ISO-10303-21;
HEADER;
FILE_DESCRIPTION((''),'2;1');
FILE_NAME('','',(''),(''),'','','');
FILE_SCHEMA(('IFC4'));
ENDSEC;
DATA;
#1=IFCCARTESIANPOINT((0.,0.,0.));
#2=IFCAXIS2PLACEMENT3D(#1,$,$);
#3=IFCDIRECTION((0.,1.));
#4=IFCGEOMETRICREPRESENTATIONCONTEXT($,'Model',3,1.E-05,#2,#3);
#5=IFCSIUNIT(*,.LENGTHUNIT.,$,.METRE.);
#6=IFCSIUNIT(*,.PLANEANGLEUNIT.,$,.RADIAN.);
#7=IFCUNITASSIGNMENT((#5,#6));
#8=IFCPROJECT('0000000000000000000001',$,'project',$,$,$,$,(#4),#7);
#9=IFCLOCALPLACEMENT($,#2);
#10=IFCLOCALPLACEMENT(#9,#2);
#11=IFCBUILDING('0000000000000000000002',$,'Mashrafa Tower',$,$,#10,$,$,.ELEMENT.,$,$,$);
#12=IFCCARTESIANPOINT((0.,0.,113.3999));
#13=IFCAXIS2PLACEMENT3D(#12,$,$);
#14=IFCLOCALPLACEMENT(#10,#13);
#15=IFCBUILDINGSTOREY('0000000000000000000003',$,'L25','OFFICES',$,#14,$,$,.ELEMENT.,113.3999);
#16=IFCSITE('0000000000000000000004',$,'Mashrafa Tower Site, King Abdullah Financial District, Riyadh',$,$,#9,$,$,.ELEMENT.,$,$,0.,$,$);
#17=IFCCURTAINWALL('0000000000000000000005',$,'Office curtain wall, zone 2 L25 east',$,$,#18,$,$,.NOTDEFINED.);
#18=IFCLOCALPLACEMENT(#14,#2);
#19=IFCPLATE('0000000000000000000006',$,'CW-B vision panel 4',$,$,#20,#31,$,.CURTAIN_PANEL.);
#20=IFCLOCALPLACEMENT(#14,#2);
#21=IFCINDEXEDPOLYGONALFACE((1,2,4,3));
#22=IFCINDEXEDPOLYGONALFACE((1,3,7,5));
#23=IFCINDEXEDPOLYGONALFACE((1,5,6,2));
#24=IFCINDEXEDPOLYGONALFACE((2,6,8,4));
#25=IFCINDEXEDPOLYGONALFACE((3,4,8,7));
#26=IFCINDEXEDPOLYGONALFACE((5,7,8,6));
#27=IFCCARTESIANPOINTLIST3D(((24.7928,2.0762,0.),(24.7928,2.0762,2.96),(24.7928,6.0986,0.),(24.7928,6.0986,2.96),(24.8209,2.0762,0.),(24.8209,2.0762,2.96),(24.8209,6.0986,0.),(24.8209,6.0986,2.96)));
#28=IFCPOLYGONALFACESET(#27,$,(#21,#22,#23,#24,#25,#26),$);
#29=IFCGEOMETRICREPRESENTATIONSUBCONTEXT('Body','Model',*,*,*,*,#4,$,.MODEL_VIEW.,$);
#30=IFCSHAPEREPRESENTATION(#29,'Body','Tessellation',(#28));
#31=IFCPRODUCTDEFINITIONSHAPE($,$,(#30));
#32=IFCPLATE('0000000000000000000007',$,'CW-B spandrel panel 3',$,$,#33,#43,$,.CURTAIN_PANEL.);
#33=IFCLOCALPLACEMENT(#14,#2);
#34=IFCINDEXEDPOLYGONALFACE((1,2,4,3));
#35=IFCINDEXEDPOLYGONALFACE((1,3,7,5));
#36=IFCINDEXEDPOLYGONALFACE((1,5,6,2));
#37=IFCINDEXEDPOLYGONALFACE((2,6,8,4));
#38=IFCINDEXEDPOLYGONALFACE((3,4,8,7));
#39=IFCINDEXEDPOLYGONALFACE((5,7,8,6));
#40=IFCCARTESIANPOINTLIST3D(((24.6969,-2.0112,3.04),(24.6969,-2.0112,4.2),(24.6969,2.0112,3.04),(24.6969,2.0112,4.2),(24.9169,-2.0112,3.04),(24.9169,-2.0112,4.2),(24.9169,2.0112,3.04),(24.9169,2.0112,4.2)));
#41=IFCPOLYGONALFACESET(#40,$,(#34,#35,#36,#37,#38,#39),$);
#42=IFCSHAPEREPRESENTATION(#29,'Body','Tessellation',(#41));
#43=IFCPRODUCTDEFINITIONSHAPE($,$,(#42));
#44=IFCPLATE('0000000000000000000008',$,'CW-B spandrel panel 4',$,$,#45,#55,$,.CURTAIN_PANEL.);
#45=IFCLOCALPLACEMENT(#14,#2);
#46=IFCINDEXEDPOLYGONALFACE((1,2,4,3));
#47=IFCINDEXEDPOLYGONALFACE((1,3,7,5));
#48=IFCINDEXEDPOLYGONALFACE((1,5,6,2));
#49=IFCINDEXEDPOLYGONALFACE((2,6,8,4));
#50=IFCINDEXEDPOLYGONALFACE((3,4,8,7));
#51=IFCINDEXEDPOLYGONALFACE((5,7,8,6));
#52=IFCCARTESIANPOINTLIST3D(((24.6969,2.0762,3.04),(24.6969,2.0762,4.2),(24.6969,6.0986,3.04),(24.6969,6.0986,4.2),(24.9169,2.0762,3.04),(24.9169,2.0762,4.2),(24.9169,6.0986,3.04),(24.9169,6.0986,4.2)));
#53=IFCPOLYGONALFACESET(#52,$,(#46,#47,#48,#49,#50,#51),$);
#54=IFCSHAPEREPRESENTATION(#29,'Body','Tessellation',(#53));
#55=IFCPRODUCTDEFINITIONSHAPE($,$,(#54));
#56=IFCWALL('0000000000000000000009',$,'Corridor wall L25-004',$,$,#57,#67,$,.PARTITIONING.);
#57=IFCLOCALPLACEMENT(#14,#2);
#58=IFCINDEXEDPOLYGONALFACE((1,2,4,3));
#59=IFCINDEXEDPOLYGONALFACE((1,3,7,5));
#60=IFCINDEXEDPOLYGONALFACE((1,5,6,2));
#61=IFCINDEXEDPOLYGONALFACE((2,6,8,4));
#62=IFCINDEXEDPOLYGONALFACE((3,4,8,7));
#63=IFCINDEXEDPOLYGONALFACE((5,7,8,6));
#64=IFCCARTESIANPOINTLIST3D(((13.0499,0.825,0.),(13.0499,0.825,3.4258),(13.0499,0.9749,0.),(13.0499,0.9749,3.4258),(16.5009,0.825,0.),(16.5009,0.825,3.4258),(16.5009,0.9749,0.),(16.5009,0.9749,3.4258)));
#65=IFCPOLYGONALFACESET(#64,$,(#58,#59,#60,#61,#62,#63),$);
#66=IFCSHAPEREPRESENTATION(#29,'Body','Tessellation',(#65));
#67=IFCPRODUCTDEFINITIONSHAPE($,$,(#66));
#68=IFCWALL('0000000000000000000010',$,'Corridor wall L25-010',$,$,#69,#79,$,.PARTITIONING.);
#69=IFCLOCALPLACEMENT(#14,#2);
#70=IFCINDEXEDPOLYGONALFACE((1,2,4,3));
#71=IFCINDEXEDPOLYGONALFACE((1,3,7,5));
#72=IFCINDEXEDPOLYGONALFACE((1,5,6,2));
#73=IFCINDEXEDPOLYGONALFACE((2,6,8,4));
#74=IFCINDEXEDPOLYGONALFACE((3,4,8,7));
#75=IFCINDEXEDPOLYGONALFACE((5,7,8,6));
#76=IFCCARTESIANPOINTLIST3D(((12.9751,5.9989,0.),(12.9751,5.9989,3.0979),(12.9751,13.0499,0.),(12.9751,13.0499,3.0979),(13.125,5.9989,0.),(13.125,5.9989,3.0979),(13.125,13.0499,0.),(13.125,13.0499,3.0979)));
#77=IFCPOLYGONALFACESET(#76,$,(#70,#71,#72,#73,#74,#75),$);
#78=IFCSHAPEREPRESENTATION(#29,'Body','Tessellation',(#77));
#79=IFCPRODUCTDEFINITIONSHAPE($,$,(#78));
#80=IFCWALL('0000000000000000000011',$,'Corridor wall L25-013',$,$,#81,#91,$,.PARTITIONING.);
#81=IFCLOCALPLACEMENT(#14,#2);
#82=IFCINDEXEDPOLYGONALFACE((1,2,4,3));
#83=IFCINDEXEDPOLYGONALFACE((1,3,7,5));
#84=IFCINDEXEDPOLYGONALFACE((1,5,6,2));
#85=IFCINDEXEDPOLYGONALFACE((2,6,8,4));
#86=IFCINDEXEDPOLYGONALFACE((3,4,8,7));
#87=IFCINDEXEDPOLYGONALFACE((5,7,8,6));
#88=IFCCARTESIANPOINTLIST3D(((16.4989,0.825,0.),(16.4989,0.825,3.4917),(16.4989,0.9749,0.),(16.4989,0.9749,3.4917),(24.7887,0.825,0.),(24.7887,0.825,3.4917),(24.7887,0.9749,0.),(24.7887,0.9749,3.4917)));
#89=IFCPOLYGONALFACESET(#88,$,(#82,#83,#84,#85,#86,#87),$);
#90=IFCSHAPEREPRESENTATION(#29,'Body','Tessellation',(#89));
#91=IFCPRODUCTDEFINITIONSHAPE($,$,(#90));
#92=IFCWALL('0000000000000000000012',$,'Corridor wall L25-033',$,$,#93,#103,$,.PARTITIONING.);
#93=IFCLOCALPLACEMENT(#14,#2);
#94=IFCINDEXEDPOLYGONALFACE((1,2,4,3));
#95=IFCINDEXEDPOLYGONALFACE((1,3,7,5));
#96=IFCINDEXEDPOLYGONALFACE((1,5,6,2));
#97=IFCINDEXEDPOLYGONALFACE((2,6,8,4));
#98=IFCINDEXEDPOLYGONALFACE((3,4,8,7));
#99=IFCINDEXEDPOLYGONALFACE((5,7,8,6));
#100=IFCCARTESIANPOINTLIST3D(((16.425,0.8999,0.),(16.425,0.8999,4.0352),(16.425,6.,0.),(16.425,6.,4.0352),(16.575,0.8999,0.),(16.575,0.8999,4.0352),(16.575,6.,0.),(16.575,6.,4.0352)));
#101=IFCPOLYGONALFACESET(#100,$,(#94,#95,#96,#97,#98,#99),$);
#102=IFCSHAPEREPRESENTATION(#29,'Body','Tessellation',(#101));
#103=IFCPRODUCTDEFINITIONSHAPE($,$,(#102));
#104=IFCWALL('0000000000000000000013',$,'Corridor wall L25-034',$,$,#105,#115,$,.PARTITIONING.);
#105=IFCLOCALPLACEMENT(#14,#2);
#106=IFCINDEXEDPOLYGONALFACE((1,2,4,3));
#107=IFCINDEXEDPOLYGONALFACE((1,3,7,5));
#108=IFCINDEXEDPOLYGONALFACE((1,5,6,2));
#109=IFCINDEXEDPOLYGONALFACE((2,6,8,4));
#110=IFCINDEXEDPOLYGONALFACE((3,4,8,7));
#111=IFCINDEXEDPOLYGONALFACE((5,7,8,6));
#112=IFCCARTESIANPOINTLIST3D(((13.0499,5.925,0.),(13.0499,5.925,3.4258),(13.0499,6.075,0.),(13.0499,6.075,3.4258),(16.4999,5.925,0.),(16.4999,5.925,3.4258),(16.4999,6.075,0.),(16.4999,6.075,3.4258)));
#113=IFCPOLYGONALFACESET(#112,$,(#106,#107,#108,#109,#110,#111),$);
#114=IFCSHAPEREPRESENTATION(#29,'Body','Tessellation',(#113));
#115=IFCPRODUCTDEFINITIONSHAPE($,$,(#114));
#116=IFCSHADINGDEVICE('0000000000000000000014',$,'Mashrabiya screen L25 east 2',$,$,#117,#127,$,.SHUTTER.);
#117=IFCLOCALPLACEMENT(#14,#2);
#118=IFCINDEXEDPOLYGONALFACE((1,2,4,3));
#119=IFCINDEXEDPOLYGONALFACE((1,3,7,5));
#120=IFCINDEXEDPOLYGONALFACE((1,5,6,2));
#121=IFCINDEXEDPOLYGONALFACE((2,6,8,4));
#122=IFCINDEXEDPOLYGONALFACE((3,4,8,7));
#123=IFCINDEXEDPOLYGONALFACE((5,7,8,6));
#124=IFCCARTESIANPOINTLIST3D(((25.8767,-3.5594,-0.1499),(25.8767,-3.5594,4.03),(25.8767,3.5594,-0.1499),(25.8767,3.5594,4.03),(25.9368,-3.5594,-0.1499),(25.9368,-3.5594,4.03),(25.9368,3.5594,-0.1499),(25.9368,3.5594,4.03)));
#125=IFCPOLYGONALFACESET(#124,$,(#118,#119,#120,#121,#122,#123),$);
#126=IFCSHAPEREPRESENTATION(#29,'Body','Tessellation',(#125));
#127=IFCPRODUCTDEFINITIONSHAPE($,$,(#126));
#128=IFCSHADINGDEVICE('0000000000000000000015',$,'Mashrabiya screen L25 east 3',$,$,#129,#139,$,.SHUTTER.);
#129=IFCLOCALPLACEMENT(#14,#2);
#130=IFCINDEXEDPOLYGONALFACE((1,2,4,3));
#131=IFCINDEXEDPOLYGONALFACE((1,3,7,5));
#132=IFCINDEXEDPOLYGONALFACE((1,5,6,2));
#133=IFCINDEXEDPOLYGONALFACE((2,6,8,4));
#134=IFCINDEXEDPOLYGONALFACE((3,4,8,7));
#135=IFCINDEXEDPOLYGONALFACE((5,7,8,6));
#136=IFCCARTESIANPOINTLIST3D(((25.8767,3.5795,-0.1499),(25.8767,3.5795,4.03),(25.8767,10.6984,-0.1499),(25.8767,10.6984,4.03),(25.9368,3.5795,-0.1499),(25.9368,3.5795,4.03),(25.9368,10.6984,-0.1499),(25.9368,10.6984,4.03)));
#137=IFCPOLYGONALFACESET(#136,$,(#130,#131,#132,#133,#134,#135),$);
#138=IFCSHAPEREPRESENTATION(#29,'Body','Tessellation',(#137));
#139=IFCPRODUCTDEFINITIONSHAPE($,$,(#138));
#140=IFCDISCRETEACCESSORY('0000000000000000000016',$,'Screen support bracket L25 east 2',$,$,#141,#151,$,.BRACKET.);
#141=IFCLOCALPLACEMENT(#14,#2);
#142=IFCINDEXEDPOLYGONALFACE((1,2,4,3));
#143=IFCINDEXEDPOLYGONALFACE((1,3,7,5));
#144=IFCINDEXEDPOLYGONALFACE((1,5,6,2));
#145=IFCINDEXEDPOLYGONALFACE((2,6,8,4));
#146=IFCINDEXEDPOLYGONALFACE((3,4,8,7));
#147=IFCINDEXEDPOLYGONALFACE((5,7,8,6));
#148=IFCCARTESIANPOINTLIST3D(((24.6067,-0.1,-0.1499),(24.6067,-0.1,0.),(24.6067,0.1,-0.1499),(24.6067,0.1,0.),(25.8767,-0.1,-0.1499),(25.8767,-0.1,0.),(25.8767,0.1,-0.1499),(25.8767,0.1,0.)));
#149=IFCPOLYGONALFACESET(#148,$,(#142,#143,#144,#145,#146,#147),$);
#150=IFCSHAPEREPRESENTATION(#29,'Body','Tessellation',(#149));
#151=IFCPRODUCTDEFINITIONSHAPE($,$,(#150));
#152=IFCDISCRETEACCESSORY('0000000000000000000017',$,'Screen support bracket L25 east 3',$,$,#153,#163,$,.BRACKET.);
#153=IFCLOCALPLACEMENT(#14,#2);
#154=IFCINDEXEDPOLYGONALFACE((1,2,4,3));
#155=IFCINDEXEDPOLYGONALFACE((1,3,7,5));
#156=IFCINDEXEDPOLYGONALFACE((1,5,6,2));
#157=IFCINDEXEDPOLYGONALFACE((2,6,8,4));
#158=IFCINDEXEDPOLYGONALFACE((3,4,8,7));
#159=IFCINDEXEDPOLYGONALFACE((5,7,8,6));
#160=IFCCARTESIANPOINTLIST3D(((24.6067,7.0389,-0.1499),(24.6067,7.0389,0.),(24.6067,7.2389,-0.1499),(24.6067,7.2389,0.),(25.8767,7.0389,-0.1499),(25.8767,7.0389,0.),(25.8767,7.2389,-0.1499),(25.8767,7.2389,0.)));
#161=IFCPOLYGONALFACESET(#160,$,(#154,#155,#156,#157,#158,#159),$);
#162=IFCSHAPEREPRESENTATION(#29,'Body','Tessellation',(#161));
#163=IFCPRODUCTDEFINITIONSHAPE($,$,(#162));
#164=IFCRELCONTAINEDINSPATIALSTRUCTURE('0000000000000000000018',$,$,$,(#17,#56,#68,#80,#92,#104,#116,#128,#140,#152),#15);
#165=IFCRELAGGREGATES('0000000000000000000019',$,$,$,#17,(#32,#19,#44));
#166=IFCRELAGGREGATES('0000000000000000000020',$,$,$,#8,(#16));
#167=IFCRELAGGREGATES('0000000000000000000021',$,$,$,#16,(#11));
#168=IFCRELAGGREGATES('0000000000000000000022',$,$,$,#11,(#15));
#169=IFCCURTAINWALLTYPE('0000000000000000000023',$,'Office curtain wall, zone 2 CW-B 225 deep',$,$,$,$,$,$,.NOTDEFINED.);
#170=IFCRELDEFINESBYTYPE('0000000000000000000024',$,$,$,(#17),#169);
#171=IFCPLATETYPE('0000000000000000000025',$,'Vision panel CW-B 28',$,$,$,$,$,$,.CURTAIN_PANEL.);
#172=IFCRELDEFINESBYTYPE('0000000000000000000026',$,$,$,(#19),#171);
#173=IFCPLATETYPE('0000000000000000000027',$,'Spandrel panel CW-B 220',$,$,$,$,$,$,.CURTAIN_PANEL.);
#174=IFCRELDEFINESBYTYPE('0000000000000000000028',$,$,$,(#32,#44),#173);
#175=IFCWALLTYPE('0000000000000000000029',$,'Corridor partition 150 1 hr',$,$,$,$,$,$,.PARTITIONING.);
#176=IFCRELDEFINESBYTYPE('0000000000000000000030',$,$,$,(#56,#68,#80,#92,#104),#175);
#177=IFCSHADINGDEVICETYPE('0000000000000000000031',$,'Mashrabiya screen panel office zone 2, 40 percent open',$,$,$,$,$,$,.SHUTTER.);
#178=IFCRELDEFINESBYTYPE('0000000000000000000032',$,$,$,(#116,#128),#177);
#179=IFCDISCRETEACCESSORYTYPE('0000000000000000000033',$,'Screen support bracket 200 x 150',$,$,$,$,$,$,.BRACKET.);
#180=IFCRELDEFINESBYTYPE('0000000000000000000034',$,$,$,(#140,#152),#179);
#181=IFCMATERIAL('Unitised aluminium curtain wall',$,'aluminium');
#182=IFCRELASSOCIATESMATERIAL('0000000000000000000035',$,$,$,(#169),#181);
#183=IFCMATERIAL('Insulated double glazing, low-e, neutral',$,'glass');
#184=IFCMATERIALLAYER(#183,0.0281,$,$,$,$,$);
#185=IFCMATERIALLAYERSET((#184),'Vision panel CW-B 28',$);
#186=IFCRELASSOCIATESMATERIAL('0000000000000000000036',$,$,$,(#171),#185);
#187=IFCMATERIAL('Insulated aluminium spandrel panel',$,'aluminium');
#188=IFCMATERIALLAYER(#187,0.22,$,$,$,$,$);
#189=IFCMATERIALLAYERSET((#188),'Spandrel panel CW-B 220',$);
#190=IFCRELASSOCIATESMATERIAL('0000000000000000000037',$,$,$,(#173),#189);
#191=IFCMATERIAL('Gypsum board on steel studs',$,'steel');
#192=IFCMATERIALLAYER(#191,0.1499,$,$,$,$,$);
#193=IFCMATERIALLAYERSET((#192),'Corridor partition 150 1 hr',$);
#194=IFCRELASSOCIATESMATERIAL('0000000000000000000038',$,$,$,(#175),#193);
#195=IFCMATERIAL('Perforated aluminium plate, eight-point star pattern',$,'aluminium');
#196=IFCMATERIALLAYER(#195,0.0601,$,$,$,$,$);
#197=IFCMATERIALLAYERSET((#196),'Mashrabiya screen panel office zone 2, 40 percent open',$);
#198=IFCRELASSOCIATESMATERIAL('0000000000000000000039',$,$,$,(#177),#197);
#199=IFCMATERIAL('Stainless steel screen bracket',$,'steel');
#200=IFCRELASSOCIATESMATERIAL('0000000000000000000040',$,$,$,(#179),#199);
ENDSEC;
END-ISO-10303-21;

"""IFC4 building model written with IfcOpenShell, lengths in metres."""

from ifc_helpers import new_model, si_unit, direction, frame, frame_2d, origin, origin_2d, place, context, subcontext, project, spatial, rectangle, extrude, source, transform, mapped, material, layer, layer_set, type_object, type_shapes, element, aggregate, save


model = new_model("IFC4")

# Units and contexts
model_context = context("Model", 3, precision=1e-05, world=origin(), true_north=direction((0.0, 1.0)))
body_context = subcontext(model_context, "Body", "Model", "MODEL_VIEW")
ifc_project = project(units=[si_unit("LENGTHUNIT", "METRE"), si_unit("PLANEANGLEUNIT", "RADIAN")], contexts=[model_context])

# Site, building, storey
site_placement = place(None, origin())
site = spatial("IfcSite", under=ifc_project, at=site_placement, Name="Mashrafa Tower Site, King Abdullah Financial District, Riyadh", CompositionType="ELEMENT", RefElevation=0.0)
building_placement = place(site_placement, origin())
building = spatial("IfcBuilding", under=site, at=building_placement, Name="Mashrafa Tower", CompositionType="ELEMENT")
storey_placement = place(building_placement, frame((0.0, 0.0, 113.3999)))
storey = spatial("IfcBuildingStorey", under=building, at=storey_placement, Name="L25", Description="OFFICES", CompositionType="ELEMENT", Elevation=113.3999)

# Curtain wall
ifc_material_1 = material(Name="Unitised aluminium curtain wall", Category="aluminium")
curtain_wall_type = type_object("IfcCurtainWallType", Name="Office curtain wall, zone 2 CW-B 225 deep", PredefinedType="NOTDEFINED", material=ifc_material_1)
curtain_wall_1_placement = place(storey_placement, origin())
curtain_wall_1 = element("IfcCurtainWall", 1, at=curtain_wall_1_placement, inside=storey, type_object=curtain_wall_type, Name="Office curtain wall, zone 2 L25 east", PredefinedType="NOTDEFINED")

# Plates
ifc_material_2 = material(Name="Insulated double glazing, low-e, neutral", Category="glass")
ifc_layer_1 = layer(ifc_material_2, 0.0281)
ifc_layer_set_1 = layer_set([ifc_layer_1], Name="Vision panel CW-B 28")
plate_type_1 = type_object("IfcPlateType", Name="Vision panel CW-B 28", PredefinedType="CURTAIN_PANEL", material=ifc_layer_set_1)
ifc_material_3 = material(Name="Insulated aluminium spandrel panel", Category="aluminium")
ifc_layer_2 = layer(ifc_material_3, 0.22)
ifc_layer_set_2 = layer_set([ifc_layer_2], Name="Spandrel panel CW-B 220")
plate_type_2 = type_object("IfcPlateType", Name="Spandrel panel CW-B 220", PredefinedType="CURTAIN_PANEL", material=ifc_layer_set_2)
shared_shape_1 = source(origin(), body_context, "Body", "SweptSolid", [
    extrude(rectangle(XDim=4.0225, YDim=0.0281, at=origin_2d()), origin(), (0.0, 0.0, 1.0), 2.96),
])
plate_1_placement = place(storey_placement, frame((24.8069, 4.0874, 0.0), z_axis=(0.0, 0.0, 1.0), x_axis=(0.0, 1.0, 0.0)))
plate_1 = element("IfcPlate", 2, at=plate_1_placement, type_object=plate_type_1, Name="CW-B vision panel 4", PredefinedType="CURTAIN_PANEL", context=body_context, shape_type="MappedRepresentation", body=[
    mapped(shared_shape_1, transform((0.0, 0.0, 0.0))),
])
shared_shape_2 = source(origin(), body_context, "Body", "SweptSolid", [
    extrude(rectangle(XDim=4.0225, YDim=0.22, at=origin_2d()), origin(), (0.0, 0.0, 1.0), 1.1599),
])
plate_2_placement = place(storey_placement, frame((24.8069, 0.0, 3.04), z_axis=(0.0, 0.0, 1.0), x_axis=(0.0, 1.0, 0.0)))
plate_2 = element("IfcPlate", 3, at=plate_2_placement, type_object=plate_type_2, Name="CW-B spandrel panel 3", PredefinedType="CURTAIN_PANEL", context=body_context, shape_type="MappedRepresentation", body=[
    mapped(shared_shape_2, transform((0.0, 0.0, 0.0))),
])
plate_3_placement = place(storey_placement, frame((24.8069, 4.0874, 3.04), z_axis=(0.0, 0.0, 1.0), x_axis=(0.0, 1.0, 0.0)))
plate_3 = element("IfcPlate", 4, at=plate_3_placement, type_object=plate_type_2, Name="CW-B spandrel panel 4", PredefinedType="CURTAIN_PANEL", context=body_context, shape_type="MappedRepresentation", body=[
    mapped(shared_shape_2, transform((0.0, 0.0, 0.0))),
])
aggregate(curtain_wall_1, [plate_2, plate_1, plate_3])

# Wall
ifc_material_4 = material(Name="Gypsum board on steel studs", Category="steel")
ifc_layer_3 = layer(ifc_material_4, 0.1499)
ifc_layer_set_3 = layer_set([ifc_layer_3], Name="Corridor partition 150 1 hr")
wall_type = type_object("IfcWallType", Name="Corridor partition 150 1 hr", PredefinedType="PARTITIONING", material=ifc_layer_set_3)
wall_1_placement = place(storey_placement, frame((16.501, 0.8999, 0.0), z_axis=(0.0, 0.0, 1.0), x_axis=(-1.0, 0.0, 0.0)))
element("IfcWall", 5, at=wall_1_placement, inside=storey, type_object=wall_type, Name="Corridor wall L25-004", PredefinedType="PARTITIONING", context=body_context, shape_type="SweptSolid", body=[
    extrude(rectangle(XDim=3.4509, YDim=0.1499, at=frame_2d((1.7256, 0.0))), origin(), (0.0, 0.0, 1.0), 3.4258),
])

# Walls
wall_2_placement = place(storey_placement, frame((13.05, 5.999, 0.0), z_axis=(0.0, 0.0, 1.0), x_axis=(0.0, 1.0, 0.0)))
element("IfcWall", 6, at=wall_2_placement, inside=storey, type_object=wall_type, Name="Corridor wall L25-010", PredefinedType="PARTITIONING", context=body_context, shape_type="SweptSolid", body=[
    extrude(rectangle(XDim=7.051, YDim=0.1499, at=frame_2d((3.5254, 0.0))), origin(), (0.0, 0.0, 1.0), 3.0979),
])
wall_3_placement = place(storey_placement, frame((24.7888, 0.8999, 0.0), z_axis=(0.0, 0.0, 1.0), x_axis=(-1.0, 0.0, 0.0)))
element("IfcWall", 7, at=wall_3_placement, inside=storey, type_object=wall_type, Name="Corridor wall L25-013", PredefinedType="PARTITIONING", context=body_context, shape_type="SweptSolid", body=[
    extrude(rectangle(XDim=8.2898, YDim=0.1499, at=frame_2d((4.145, 0.0))), origin(), (0.0, 0.0, 1.0), 3.4917),
])
wall_4_placement = place(storey_placement, frame((16.5, 0.8999, 0.0), z_axis=(0.0, 0.0, 1.0), x_axis=(0.0, 1.0, 0.0)))
element("IfcWall", 8, at=wall_4_placement, inside=storey, type_object=wall_type, Name="Corridor wall L25-033", PredefinedType="PARTITIONING", context=body_context, shape_type="SweptSolid", body=[
    extrude(rectangle(XDim=5.1001, YDim=0.1499, at=frame_2d((2.55, 0.0))), origin(), (0.0, 0.0, 1.0), 4.0352),
])
wall_5_placement = place(storey_placement, frame((16.5, 6.0, 0.0), z_axis=(0.0, 0.0, 1.0), x_axis=(-1.0, 0.0, 0.0)))
element("IfcWall", 9, at=wall_5_placement, inside=storey, type_object=wall_type, Name="Corridor wall L25-034", PredefinedType="PARTITIONING", context=body_context, shape_type="SweptSolid", body=[
    extrude(rectangle(XDim=3.45, YDim=0.1499, at=frame_2d((1.7251, 0.0))), origin(), (0.0, 0.0, 1.0), 3.4258),
])

# Shading devices
ifc_material_5 = material(Name="Perforated aluminium plate, eight-point star pattern", Category="aluminium")
ifc_layer_4 = layer(ifc_material_5, 0.0601)
ifc_layer_set_4 = layer_set([ifc_layer_4], Name="Mashrabiya screen panel office zone 2, 40 percent open")
shading_device_type = type_object("IfcShadingDeviceType", Name="Mashrabiya screen panel office zone 2, 40 percent open", PredefinedType="SHUTTER", material=ifc_layer_set_4)
shared_shape_3 = source(origin(), body_context, "Body", "SweptSolid", [
    extrude(rectangle(XDim=7.1189, YDim=0.0601, at=origin_2d()), origin(), (0.0, 0.0, 1.0), 4.1799),
])
type_shapes(shading_device_type, [shared_shape_3])
for number, where, z_axis, x_axis, name in (
    (10, (25.9067, 0.0, -0.1499), (0.0, 0.0, 1.0), (0.0, 1.0, 0.0), "Mashrabiya screen L25 east 2"),
    (11, (25.9067, 7.1389, -0.1499), (0.0, 0.0, 1.0), (0.0, 1.0, 0.0), "Mashrabiya screen L25 east 3"),
):
    element("IfcShadingDevice", number, at=place(storey_placement, frame(where, z_axis=z_axis, x_axis=x_axis)), inside=storey, type_object=shading_device_type, Name=name, PredefinedType="SHUTTER", context=body_context, shape_type="MappedRepresentation", body=[
        mapped(shared_shape_3, transform((0.0, 0.0, 0.0))),
    ])

# Discrete accessories
ifc_material_6 = material(Name="Stainless steel screen bracket", Category="steel")
discrete_accessory_type = type_object("IfcDiscreteAccessoryType", Name="Screen support bracket 200 x 150", PredefinedType="BRACKET", material=ifc_material_6)
shared_shape_4 = source(origin(), body_context, "Body", "SweptSolid", [
    extrude(rectangle(XDim=0.2, YDim=1.27, at=origin_2d()), origin(), (0.0, 0.0, 1.0), 0.1499),
])
type_shapes(discrete_accessory_type, [shared_shape_4])
for number, where, z_axis, x_axis, name in (
    (12, (25.2417, 0.0, -0.1499), (0.0, 0.0, 1.0), (0.0, 1.0, 0.0), "Screen support bracket L25 east 2"),
    (13, (25.2417, 7.1389, -0.1499), (0.0, 0.0, 1.0), (0.0, 1.0, 0.0), "Screen support bracket L25 east 3"),
):
    element("IfcDiscreteAccessory", number, at=place(storey_placement, frame(where, z_axis=z_axis, x_axis=x_axis)), inside=storey, type_object=discrete_accessory_type, Name=name, PredefinedType="BRACKET", context=body_context, shape_type="MappedRepresentation", body=[
        mapped(shared_shape_4, transform((0.0, 0.0, 0.0))),
    ])

save(model, "model.ifc")
